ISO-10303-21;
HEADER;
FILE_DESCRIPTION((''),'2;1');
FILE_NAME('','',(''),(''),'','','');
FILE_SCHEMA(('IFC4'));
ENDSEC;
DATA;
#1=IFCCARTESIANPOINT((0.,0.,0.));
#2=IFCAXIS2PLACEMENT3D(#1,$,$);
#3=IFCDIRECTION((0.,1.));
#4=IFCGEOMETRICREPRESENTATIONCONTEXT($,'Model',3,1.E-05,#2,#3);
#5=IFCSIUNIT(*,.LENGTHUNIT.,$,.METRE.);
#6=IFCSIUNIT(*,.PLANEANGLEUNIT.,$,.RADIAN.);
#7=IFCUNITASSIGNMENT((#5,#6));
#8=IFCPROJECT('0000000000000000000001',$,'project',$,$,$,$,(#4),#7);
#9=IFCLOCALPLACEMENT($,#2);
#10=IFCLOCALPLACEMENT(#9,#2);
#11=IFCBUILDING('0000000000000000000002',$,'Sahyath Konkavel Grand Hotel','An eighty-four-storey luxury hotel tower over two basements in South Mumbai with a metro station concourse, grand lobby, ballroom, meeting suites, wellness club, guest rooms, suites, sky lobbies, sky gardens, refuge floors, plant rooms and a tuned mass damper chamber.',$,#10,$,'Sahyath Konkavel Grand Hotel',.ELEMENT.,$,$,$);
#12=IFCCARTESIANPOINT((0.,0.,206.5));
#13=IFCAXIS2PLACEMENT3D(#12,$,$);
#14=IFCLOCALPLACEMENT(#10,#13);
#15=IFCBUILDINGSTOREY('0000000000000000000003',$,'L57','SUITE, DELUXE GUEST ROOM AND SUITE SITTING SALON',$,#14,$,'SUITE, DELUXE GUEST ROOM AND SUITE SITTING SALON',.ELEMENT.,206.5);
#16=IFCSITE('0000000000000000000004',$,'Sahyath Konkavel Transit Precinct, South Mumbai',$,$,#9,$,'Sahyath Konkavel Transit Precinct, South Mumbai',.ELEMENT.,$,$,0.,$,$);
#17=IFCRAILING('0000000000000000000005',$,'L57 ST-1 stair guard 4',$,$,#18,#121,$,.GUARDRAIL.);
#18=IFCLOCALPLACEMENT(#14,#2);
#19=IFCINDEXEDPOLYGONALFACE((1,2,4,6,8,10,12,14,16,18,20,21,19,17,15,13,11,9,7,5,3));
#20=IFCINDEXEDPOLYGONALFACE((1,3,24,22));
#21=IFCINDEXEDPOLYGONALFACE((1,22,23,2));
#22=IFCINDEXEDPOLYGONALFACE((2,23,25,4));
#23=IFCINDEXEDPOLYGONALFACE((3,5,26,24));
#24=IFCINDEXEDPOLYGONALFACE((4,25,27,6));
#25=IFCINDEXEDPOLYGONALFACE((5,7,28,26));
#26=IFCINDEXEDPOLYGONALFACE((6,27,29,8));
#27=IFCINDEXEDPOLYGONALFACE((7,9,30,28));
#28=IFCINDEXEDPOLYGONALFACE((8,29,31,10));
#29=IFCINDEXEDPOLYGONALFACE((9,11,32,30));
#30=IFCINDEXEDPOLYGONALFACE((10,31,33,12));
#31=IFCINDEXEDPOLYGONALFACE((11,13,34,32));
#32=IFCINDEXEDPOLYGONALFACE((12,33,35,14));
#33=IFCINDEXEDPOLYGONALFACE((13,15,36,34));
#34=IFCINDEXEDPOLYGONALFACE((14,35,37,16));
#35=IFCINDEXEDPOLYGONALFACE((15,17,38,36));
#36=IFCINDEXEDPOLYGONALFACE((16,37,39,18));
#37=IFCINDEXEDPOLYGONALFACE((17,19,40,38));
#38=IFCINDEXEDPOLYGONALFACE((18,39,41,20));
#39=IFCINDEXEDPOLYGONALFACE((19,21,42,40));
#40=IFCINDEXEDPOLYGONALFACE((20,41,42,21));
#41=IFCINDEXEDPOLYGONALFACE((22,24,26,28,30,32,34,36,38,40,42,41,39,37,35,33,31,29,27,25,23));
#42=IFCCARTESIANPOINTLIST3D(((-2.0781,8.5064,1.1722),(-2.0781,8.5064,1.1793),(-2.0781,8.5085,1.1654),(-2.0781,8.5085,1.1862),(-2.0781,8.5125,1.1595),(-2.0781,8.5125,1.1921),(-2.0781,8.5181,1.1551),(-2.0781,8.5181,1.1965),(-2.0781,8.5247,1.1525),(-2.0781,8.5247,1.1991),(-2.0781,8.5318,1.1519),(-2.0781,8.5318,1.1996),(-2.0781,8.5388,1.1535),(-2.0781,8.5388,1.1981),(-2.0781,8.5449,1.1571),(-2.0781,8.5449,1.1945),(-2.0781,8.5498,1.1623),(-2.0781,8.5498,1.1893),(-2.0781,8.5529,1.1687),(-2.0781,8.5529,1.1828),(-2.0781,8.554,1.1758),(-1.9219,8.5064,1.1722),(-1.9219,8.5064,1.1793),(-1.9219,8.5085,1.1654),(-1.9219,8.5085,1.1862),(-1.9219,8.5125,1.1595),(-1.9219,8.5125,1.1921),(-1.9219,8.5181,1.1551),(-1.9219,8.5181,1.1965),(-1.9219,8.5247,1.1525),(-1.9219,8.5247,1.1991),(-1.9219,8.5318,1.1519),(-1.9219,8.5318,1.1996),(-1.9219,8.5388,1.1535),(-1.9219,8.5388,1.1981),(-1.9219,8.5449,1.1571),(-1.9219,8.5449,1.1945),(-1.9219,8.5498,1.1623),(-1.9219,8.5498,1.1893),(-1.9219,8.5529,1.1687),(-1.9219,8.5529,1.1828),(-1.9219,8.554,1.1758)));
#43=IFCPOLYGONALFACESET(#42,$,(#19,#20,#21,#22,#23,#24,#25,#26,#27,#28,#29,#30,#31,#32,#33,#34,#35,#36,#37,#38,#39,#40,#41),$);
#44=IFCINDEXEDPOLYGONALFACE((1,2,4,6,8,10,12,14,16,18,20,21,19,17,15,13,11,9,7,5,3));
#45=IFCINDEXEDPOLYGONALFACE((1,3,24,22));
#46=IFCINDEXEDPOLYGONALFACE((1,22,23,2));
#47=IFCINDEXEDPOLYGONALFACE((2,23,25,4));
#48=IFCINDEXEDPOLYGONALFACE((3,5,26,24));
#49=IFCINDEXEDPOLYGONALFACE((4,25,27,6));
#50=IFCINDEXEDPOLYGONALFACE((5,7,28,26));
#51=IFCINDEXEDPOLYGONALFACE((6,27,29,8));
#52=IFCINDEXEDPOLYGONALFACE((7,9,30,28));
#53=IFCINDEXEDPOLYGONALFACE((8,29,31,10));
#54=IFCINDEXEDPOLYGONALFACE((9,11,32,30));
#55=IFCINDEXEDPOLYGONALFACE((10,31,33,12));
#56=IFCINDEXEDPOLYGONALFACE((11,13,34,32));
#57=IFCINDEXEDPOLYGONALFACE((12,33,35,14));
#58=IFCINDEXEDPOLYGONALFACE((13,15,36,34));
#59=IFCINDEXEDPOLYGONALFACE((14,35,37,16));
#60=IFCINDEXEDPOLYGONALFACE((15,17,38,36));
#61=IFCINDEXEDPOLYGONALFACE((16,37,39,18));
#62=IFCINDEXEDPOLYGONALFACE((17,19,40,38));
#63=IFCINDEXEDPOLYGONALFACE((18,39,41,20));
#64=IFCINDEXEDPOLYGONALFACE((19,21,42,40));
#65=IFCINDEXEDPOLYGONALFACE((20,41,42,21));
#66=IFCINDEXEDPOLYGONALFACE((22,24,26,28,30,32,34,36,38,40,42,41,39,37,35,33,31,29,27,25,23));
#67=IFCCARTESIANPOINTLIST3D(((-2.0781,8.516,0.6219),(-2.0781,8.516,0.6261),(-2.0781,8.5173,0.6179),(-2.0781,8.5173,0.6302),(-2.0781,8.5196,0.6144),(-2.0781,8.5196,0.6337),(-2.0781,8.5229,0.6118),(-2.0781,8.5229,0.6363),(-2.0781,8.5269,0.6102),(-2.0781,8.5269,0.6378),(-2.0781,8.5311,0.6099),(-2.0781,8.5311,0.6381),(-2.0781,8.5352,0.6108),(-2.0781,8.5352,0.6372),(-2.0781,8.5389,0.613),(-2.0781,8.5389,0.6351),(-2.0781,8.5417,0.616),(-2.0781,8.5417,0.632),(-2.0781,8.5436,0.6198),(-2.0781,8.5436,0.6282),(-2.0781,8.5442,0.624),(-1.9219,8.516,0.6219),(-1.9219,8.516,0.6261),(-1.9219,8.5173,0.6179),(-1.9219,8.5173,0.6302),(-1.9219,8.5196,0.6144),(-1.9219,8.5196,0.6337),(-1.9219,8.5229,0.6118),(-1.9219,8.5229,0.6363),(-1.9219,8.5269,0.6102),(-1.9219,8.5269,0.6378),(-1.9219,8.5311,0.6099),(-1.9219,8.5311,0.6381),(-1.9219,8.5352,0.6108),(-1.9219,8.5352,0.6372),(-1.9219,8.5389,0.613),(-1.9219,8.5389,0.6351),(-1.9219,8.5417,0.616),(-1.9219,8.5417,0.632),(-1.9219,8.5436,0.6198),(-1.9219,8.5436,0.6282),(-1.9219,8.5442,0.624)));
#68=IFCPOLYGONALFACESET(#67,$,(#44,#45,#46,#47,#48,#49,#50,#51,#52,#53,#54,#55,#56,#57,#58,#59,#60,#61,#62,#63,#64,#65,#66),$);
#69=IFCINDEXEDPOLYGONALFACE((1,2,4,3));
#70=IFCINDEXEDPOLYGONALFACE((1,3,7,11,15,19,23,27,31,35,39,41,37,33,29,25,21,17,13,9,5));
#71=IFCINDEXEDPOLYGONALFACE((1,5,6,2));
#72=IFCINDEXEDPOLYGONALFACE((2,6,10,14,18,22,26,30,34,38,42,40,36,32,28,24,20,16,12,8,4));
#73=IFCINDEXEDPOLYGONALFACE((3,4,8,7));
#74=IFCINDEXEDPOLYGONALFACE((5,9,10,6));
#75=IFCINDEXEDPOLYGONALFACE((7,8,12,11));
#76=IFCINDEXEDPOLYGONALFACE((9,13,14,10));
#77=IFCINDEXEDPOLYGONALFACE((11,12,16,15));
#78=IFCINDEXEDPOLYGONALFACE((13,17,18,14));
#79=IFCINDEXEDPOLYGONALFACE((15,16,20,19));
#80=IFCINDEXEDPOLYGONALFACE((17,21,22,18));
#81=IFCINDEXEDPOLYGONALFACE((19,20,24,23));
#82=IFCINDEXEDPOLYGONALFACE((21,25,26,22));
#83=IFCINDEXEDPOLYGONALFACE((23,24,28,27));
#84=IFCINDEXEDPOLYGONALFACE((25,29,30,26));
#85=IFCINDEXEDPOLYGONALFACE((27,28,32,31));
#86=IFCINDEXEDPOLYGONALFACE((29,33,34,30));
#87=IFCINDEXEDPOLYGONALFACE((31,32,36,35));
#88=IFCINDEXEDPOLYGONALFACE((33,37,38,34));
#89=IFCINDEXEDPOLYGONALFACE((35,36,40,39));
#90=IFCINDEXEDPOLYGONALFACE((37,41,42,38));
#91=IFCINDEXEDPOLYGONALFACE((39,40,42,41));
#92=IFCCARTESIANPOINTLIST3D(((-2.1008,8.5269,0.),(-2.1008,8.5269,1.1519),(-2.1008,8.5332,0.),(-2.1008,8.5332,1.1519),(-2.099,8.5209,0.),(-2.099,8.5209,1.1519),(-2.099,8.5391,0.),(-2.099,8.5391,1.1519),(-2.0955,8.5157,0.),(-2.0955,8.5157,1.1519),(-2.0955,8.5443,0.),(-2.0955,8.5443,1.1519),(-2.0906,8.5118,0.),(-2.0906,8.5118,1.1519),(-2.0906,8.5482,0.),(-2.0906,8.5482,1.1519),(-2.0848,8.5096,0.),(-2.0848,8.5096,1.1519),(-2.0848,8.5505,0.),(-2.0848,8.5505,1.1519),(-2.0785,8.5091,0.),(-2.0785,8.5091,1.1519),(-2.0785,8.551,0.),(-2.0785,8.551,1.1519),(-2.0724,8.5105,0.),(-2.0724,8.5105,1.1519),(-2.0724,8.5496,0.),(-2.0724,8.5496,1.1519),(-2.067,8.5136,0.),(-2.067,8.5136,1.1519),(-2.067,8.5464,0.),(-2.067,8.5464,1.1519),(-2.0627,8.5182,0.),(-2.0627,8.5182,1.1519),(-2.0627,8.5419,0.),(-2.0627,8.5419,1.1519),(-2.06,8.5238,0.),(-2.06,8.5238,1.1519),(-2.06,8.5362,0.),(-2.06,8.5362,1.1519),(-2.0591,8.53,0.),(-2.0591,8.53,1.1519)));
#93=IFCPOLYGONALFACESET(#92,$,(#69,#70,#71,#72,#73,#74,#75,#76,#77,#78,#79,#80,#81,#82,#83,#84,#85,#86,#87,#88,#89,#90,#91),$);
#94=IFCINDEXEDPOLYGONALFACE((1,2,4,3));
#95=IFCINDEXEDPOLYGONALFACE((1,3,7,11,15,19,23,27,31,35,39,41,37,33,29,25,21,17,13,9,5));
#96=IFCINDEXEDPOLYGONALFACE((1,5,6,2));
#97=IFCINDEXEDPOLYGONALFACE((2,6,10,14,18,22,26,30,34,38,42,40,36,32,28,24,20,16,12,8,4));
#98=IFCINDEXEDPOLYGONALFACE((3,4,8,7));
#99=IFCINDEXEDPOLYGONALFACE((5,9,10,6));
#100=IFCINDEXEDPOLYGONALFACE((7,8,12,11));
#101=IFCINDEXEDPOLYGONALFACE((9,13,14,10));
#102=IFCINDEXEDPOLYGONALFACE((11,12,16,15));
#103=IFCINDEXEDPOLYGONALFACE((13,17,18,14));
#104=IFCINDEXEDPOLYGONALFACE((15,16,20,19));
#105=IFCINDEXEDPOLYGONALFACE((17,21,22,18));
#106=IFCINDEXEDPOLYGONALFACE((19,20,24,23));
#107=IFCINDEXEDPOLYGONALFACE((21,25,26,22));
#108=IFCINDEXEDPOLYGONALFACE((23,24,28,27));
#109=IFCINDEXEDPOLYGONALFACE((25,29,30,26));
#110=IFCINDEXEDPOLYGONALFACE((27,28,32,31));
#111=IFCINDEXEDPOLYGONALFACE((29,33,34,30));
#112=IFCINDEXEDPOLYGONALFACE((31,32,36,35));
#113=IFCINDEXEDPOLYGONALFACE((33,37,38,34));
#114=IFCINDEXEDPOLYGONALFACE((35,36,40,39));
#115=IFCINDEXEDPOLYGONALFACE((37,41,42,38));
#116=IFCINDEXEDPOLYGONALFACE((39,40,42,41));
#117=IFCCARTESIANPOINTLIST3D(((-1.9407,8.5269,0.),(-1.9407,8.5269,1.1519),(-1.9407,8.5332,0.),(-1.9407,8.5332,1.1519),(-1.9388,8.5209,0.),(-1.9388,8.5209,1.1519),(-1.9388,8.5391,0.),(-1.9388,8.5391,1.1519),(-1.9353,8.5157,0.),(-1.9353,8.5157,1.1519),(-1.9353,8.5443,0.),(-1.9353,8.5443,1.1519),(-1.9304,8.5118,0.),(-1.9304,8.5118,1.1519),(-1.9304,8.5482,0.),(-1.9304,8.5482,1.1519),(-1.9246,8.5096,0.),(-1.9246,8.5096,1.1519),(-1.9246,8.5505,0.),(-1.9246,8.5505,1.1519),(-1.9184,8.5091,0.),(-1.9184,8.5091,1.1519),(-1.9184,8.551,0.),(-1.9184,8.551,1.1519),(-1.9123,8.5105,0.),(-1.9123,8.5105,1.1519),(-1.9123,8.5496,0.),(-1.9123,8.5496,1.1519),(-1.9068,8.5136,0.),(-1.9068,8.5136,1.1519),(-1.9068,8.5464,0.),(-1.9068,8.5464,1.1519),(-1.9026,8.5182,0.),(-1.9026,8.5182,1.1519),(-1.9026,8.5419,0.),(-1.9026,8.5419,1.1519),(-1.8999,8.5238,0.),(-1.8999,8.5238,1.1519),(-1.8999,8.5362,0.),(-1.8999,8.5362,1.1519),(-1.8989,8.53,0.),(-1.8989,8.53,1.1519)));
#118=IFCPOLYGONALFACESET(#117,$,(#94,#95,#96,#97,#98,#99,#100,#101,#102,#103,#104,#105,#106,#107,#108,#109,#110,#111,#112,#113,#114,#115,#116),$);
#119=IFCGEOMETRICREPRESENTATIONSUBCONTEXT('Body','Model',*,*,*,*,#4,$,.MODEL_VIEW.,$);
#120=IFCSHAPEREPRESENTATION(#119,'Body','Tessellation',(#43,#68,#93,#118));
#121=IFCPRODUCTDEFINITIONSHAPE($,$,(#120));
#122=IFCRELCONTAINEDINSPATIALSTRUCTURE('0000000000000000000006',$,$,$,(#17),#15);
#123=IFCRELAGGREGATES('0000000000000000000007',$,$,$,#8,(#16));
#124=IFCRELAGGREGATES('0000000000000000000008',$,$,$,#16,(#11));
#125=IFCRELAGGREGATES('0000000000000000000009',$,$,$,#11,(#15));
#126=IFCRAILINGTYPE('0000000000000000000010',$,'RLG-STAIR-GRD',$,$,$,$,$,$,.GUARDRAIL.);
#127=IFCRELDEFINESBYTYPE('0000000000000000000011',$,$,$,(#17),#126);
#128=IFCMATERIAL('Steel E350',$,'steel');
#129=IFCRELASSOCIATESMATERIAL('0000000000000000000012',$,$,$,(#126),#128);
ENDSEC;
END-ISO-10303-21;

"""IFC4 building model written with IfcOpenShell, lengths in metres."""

from ifc_helpers import new_model, si_unit, direction, frame, origin, origin_2d, place, context, subcontext, project, spatial, circle, extrude, material, type_object, element, save


model = new_model("IFC4")

# Units and contexts
model_context = context("Model", 3, precision=1e-05, world=origin(), true_north=direction((0.0, 1.0)))
body_context = subcontext(model_context, "Body", "Model", "MODEL_VIEW")
ifc_project = project(units=[si_unit("LENGTHUNIT", "METRE"), si_unit("PLANEANGLEUNIT", "RADIAN")], contexts=[model_context])

# Site, building, storey
site_placement = place(None, origin())
site = spatial("IfcSite", under=ifc_project, at=site_placement, Name="Sahyath Konkavel Transit Precinct, South Mumbai", LongName="Sahyath Konkavel Transit Precinct, South Mumbai", CompositionType="ELEMENT", RefElevation=0.0)
building_placement = place(site_placement, origin())
building = spatial("IfcBuilding", under=site, at=building_placement, Name="Sahyath Konkavel Grand Hotel", Description="An eighty-four-storey luxury hotel tower over two basements in South Mumbai with a metro station concourse, grand lobby, ballroom, meeting suites, wellness club, guest rooms, suites, sky lobbies, sky gardens, refuge floors, plant rooms and a tuned mass damper chamber.", LongName="Sahyath Konkavel Grand Hotel", CompositionType="ELEMENT")
storey_placement = place(building_placement, frame((0.0, 0.0, 206.5)))
storey = spatial("IfcBuildingStorey", under=building, at=storey_placement, Name="L57", Description="SUITE, DELUXE GUEST ROOM AND SUITE SITTING SALON", LongName="SUITE, DELUXE GUEST ROOM AND SUITE SITTING SALON", CompositionType="ELEMENT", Elevation=206.5)

# Shared definitions
ifc_material_1 = material(Name="Steel E350", Category="steel")

# Railing
railing_type_1 = type_object("IfcRailingType", Name="RLG-STAIR-GRD", PredefinedType="GUARDRAIL", material=ifc_material_1)
railing_1_placement = place(storey_placement, frame((-2.0801, 8.53, 0.0)))
element("IfcRailing", 1, at=railing_1_placement, inside=storey, type_object=railing_type_1, Name="L57 ST-1 stair guard 4", PredefinedType="GUARDRAIL", context=body_context, shape_type="SweptSolid", body=[
    extrude(circle(Radius=0.0239, at=origin_2d()), frame((0.002, 0.0, 1.1758), z_axis=(1.0, 0.0, 0.0), x_axis=(0.0, 1.0, 0.0)), (0.0, 0.0, 1.0), 0.1562),
    extrude(circle(Radius=0.0142, at=origin_2d()), frame((0.002, 0.0, 0.624), z_axis=(1.0, 0.0, 0.0), x_axis=(0.0, 1.0, 0.0)), (0.0, 0.0, 1.0), 0.1562),
    extrude(circle(Radius=0.021, at=origin_2d()), origin(), (0.0, 0.0, 1.0), 1.1519),
    extrude(circle(Radius=0.021, at=origin_2d()), frame((0.1602, 0.0, 0.0)), (0.0, 0.0, 1.0), 1.1519),
])

save(model, "model.ifc")
